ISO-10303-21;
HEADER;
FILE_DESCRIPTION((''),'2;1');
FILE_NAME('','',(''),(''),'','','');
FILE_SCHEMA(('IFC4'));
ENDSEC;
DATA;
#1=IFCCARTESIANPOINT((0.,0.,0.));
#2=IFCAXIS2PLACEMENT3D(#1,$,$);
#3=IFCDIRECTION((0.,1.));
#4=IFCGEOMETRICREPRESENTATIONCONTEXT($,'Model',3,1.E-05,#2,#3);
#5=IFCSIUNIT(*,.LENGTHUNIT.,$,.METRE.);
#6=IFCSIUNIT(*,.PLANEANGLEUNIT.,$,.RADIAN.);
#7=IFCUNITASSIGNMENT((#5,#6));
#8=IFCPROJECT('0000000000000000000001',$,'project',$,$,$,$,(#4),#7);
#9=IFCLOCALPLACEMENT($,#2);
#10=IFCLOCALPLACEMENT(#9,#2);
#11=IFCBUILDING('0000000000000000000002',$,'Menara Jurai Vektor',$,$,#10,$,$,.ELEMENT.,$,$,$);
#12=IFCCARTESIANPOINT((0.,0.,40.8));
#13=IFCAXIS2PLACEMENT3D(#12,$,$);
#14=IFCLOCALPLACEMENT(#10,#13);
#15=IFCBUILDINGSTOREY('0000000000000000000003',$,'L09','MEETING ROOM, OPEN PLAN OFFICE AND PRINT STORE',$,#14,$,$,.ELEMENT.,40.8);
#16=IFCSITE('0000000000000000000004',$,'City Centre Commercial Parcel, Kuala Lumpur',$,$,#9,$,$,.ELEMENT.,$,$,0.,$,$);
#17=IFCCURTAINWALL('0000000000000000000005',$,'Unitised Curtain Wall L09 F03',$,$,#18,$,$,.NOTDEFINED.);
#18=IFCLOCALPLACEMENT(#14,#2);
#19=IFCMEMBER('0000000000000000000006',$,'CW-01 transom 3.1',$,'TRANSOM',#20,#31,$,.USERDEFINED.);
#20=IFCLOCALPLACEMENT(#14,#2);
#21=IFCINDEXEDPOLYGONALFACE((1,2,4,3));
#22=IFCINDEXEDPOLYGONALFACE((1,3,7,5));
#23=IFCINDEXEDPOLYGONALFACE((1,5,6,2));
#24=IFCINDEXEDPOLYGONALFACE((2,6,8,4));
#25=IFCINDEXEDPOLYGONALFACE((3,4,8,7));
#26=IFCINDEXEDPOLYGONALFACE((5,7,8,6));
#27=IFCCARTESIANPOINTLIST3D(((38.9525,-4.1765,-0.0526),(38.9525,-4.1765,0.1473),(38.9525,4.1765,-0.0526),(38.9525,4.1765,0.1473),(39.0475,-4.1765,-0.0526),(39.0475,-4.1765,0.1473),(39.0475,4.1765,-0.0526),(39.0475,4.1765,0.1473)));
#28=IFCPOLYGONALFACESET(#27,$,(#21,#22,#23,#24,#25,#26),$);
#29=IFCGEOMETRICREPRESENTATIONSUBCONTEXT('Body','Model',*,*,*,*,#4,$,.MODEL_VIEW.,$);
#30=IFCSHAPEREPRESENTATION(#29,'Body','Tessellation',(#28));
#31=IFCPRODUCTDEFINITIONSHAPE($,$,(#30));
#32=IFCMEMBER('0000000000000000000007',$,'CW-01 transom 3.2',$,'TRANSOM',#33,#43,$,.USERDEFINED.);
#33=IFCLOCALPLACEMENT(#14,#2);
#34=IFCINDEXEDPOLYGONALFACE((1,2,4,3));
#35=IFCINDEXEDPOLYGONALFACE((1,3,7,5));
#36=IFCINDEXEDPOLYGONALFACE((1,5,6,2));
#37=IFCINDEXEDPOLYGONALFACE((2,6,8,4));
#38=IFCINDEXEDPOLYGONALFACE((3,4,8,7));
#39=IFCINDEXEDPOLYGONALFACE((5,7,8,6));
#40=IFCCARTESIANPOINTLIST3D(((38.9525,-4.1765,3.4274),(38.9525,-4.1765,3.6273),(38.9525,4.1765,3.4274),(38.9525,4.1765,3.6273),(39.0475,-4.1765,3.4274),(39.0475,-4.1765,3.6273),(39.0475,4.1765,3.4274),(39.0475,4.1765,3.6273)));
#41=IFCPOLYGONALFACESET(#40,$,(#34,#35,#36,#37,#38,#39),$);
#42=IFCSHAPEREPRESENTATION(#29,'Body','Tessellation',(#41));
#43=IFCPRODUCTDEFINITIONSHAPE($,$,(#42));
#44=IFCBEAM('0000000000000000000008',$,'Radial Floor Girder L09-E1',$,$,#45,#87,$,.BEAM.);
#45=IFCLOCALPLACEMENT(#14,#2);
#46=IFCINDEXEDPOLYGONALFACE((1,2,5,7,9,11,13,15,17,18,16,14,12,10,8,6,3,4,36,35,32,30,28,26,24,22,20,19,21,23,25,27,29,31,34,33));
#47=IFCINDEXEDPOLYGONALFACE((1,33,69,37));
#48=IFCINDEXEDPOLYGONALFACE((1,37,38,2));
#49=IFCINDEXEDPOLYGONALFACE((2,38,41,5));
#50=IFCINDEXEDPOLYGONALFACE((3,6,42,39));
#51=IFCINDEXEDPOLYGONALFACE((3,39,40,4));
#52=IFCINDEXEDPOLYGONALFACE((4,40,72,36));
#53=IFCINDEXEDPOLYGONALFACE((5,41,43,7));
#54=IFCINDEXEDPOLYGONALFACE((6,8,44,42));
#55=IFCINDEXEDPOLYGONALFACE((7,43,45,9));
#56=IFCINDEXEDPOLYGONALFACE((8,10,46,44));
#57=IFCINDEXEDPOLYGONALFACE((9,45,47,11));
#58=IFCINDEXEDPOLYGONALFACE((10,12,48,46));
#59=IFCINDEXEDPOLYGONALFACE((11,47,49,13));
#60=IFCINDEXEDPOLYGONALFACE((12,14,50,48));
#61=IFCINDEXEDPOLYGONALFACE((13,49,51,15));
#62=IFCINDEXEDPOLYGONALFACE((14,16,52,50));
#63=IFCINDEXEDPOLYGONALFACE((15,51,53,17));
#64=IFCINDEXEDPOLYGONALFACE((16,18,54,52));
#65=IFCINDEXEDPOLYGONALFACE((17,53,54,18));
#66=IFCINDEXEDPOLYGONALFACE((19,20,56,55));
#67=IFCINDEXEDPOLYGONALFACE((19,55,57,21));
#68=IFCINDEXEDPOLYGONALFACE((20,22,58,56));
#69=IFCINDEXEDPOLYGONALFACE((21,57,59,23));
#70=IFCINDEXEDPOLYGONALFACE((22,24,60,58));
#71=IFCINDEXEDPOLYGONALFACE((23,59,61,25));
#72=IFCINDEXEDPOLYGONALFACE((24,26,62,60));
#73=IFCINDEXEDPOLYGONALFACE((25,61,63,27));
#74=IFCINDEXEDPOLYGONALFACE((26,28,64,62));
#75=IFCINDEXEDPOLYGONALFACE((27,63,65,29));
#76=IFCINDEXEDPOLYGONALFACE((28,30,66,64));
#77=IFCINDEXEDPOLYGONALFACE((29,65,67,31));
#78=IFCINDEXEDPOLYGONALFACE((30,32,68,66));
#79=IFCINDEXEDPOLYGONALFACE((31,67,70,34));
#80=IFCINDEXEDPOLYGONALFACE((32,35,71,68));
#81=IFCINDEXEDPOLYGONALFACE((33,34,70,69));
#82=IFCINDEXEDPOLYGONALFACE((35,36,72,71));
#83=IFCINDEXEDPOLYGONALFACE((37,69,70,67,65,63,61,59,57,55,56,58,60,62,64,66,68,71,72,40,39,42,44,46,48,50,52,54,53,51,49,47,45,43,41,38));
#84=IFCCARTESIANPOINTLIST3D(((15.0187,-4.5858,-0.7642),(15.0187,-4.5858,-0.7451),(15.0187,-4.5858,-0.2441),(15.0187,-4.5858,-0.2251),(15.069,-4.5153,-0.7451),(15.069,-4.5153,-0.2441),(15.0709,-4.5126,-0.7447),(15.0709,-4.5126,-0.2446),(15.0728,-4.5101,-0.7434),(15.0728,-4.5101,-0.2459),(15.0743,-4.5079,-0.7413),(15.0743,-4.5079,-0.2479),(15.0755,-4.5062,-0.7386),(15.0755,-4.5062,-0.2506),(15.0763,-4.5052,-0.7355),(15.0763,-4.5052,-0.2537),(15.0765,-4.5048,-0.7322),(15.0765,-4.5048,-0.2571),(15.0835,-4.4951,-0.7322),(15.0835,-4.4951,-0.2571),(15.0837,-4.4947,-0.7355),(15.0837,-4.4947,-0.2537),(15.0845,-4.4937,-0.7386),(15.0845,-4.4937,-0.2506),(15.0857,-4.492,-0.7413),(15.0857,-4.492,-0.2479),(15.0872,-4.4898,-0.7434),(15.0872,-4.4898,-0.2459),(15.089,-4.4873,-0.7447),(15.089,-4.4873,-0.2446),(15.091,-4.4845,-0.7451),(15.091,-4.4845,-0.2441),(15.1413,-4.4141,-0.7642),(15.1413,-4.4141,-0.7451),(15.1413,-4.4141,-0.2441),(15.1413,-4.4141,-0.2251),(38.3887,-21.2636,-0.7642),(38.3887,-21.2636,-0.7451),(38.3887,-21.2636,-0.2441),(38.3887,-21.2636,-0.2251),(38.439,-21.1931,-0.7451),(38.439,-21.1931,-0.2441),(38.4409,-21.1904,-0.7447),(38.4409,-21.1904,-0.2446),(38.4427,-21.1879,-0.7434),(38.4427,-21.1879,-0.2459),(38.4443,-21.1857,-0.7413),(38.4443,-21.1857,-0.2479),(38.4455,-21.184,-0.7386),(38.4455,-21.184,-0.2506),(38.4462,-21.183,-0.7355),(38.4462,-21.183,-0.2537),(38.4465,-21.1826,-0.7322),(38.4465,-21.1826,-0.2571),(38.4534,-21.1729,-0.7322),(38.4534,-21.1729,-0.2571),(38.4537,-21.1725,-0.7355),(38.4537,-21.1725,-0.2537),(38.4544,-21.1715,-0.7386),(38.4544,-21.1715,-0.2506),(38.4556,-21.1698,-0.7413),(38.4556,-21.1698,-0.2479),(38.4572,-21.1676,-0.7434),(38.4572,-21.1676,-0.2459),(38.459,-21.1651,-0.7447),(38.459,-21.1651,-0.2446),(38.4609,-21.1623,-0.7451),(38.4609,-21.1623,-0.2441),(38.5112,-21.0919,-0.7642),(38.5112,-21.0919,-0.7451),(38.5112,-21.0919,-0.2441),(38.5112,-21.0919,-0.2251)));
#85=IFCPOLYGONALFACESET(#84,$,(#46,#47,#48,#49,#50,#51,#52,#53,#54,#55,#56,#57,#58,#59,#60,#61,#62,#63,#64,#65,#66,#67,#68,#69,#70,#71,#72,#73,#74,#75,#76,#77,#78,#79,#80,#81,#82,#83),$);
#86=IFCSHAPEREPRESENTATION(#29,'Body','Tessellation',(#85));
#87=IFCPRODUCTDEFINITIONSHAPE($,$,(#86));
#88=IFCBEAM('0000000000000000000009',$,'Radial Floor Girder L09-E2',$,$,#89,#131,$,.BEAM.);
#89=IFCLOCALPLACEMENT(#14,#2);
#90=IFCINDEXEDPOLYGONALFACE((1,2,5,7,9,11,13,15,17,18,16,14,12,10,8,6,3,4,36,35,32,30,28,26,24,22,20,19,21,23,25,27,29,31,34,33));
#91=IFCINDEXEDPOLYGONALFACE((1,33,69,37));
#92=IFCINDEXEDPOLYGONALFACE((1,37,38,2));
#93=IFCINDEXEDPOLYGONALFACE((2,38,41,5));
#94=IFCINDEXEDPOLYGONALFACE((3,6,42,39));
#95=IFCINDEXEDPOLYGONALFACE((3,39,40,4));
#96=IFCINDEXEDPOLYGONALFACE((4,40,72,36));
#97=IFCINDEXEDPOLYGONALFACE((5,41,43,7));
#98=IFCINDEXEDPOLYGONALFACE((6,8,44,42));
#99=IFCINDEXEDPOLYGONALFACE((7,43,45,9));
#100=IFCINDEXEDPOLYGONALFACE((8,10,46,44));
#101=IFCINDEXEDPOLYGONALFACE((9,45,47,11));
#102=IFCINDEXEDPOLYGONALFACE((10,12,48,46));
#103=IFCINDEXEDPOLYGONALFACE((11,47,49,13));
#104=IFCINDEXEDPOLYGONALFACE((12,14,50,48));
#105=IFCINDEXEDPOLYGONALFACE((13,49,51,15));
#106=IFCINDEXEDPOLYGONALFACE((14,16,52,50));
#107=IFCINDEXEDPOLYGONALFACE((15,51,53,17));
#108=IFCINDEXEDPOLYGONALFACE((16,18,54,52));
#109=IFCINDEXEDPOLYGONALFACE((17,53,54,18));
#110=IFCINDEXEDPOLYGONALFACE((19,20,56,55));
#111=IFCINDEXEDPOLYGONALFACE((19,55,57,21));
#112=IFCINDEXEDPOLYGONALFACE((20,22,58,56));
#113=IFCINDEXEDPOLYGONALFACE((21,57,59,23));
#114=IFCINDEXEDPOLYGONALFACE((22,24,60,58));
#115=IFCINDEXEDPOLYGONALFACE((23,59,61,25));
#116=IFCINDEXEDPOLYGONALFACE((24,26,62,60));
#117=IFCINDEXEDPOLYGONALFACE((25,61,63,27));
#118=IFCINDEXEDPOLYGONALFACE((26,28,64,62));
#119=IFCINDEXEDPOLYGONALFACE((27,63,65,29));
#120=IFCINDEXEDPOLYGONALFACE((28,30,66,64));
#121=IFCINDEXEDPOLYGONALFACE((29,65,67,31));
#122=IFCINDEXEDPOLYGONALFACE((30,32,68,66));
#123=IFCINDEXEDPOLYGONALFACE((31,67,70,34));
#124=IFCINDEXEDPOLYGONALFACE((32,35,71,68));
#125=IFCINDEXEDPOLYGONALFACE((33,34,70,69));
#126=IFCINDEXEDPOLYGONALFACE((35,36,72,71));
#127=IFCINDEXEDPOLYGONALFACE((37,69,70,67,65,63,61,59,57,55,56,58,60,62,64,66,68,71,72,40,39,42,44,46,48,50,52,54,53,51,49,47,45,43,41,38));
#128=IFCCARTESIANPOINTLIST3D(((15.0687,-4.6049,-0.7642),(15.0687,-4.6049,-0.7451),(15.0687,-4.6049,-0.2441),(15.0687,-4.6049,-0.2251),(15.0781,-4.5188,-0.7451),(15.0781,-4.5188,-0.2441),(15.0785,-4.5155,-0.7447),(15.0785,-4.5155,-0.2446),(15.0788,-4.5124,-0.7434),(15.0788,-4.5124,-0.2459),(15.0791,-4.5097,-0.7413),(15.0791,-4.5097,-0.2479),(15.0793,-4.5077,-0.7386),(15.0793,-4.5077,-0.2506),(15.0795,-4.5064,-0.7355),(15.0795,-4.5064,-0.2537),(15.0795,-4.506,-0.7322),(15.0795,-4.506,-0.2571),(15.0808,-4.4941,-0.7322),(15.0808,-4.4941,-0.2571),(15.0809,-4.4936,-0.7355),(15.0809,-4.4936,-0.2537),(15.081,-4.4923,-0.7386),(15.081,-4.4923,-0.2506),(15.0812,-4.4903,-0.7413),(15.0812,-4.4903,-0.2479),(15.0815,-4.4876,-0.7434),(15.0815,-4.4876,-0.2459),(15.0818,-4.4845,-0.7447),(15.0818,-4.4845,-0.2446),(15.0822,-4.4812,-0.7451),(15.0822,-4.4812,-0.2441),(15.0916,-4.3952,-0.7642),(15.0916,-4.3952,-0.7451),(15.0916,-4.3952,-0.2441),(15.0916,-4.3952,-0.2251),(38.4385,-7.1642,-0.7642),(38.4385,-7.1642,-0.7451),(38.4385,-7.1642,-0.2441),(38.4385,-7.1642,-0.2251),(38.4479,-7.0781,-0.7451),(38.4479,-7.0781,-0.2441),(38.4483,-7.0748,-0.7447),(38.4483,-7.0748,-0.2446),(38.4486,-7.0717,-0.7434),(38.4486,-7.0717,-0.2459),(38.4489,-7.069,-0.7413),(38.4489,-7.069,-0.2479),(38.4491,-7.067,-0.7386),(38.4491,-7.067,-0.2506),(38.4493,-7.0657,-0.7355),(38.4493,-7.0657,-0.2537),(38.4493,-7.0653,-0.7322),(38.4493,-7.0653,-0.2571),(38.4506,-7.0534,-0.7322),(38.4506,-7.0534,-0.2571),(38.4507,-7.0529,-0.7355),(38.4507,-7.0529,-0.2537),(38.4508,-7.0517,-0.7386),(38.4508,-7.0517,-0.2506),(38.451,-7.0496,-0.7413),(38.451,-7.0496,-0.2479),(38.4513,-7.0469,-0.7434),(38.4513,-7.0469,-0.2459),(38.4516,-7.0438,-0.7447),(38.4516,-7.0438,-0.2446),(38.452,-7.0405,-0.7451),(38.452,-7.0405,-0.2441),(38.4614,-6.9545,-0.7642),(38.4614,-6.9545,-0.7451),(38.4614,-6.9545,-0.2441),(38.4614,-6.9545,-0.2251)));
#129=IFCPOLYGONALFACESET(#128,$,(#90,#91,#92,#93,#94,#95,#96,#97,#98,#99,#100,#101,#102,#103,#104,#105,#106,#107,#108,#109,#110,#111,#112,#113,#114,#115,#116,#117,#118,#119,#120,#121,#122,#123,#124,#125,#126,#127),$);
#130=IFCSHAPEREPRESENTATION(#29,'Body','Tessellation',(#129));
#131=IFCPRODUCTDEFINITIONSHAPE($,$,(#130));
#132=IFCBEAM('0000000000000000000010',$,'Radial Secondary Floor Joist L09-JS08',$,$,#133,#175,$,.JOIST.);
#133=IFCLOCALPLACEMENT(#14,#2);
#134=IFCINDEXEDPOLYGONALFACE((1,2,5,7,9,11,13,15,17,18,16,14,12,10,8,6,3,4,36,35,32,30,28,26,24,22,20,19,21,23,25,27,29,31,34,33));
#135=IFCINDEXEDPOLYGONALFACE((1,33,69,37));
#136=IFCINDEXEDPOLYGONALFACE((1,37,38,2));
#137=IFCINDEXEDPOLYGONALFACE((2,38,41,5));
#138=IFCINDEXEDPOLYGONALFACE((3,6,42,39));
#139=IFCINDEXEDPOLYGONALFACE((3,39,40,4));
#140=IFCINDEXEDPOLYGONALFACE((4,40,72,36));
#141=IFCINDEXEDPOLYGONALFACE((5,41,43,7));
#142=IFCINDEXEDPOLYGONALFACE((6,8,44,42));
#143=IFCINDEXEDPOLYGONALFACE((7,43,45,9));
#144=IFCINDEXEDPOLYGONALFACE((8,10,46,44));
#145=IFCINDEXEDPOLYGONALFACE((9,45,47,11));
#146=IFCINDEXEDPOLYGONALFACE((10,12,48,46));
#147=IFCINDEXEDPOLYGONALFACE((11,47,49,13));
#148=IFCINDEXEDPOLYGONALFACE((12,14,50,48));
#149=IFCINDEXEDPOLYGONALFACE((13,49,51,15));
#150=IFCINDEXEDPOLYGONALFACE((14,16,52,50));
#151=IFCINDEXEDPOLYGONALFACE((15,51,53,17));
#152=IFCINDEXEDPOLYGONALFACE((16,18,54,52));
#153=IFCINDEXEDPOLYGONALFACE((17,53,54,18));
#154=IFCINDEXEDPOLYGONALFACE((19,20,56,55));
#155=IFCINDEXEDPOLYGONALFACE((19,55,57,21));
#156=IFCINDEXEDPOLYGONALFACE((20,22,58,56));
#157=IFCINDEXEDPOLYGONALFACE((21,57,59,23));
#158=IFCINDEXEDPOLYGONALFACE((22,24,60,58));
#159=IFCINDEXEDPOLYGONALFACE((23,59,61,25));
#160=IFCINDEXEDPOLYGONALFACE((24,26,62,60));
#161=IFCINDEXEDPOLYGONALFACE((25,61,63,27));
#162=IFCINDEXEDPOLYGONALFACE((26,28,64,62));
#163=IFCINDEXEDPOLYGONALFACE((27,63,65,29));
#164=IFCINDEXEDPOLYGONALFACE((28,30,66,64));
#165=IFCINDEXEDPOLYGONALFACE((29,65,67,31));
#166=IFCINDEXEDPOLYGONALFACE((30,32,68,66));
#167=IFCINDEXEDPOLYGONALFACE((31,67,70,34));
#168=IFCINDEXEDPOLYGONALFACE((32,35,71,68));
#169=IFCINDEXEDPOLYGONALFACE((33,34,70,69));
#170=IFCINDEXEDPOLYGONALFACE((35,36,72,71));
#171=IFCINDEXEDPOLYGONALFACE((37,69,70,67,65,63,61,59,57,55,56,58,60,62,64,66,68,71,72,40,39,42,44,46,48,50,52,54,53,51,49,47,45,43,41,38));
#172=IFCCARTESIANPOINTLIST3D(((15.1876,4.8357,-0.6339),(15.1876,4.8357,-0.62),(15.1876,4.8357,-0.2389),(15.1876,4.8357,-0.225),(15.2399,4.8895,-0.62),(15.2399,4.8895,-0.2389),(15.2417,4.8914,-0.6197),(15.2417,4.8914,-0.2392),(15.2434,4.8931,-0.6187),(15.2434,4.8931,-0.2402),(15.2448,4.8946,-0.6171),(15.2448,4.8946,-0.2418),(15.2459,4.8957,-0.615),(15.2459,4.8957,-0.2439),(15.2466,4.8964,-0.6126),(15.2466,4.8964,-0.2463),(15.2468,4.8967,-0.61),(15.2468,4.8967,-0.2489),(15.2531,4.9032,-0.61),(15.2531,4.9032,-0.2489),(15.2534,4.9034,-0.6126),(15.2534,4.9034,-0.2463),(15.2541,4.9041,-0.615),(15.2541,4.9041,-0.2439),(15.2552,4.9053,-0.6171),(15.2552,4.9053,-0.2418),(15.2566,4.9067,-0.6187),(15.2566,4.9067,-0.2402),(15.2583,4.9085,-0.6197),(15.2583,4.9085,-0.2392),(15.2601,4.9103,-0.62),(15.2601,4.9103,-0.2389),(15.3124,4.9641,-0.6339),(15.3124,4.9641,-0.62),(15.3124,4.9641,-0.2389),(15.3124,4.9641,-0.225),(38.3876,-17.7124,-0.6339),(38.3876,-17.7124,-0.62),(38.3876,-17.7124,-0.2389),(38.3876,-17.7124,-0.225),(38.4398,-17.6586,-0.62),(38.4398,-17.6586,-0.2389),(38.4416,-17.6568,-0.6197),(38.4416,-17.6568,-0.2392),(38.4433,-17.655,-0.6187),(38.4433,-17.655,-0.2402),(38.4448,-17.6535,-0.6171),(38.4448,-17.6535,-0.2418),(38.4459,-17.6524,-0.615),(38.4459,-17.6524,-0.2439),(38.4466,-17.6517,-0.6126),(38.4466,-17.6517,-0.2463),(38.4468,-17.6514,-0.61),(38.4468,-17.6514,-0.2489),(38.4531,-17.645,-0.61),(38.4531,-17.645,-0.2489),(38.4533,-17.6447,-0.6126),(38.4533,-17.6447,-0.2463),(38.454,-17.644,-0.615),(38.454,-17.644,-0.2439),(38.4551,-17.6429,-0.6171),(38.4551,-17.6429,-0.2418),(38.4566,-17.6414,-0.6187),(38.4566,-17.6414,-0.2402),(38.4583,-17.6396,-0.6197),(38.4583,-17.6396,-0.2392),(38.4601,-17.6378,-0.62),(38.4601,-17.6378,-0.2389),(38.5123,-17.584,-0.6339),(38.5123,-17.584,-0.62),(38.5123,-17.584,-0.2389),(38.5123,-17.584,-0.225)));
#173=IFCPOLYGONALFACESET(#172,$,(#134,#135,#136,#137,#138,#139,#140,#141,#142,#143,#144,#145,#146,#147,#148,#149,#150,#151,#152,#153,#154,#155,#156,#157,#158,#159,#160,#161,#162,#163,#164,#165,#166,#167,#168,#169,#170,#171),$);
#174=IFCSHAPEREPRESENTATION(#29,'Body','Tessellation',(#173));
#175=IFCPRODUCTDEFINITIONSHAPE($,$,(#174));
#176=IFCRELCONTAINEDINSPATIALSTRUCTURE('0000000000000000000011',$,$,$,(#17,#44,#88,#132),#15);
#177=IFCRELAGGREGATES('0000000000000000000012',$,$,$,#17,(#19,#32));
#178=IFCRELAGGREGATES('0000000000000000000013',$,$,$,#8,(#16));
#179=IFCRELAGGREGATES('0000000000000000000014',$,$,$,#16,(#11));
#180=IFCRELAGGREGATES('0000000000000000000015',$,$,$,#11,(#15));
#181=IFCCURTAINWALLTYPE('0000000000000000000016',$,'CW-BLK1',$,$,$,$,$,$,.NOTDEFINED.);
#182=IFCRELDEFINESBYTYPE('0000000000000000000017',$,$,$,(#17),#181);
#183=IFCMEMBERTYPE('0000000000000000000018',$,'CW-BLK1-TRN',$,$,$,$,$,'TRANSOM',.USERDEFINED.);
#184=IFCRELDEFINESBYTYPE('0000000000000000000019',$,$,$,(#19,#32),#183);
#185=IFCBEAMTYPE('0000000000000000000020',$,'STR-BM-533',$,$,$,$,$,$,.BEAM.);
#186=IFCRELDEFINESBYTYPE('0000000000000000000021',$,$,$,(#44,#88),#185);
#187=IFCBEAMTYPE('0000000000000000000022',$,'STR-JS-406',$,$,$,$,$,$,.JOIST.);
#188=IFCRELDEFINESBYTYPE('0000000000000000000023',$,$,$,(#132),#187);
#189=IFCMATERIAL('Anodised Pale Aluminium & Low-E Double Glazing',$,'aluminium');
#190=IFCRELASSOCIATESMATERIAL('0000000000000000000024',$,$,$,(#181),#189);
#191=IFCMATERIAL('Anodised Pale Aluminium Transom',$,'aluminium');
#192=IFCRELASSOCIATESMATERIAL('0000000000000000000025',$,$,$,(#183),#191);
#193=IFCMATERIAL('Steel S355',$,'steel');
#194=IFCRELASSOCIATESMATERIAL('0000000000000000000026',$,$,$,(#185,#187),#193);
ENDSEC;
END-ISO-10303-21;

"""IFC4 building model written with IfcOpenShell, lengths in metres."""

from ifc_helpers import new_model, si_unit, direction, frame, origin, origin_2d, place, context, subcontext, project, spatial, rectangle, i_section, extrude, material, material_profile, profile_set, type_object, element, aggregate, save


model = new_model("IFC4")

# Units and contexts
model_context = context("Model", 3, precision=1e-05, world=origin(), true_north=direction((0.0, 1.0)))
body_context = subcontext(model_context, "Body", "Model", "MODEL_VIEW")
ifc_project = project(units=[si_unit("LENGTHUNIT", "METRE"), si_unit("PLANEANGLEUNIT", "RADIAN")], contexts=[model_context])

# Site, building, storey
site_placement = place(None, origin())
site = spatial("IfcSite", under=ifc_project, at=site_placement, Name="City Centre Commercial Parcel, Kuala Lumpur", CompositionType="ELEMENT", RefElevation=0.0)
building_placement = place(site_placement, origin())
building = spatial("IfcBuilding", under=site, at=building_placement, Name="Menara Jurai Vektor", CompositionType="ELEMENT")
storey_placement = place(building_placement, frame((0.0, 0.0, 40.8)))
storey = spatial("IfcBuildingStorey", under=building, at=storey_placement, Name="L09", Description="MEETING ROOM, OPEN PLAN OFFICE AND PRINT STORE", CompositionType="ELEMENT", Elevation=40.8)

# Curtain wall, members
ifc_material_1 = material(Name="Anodised Pale Aluminium & Low-E Double Glazing", Category="aluminium")
curtain_wall_type = type_object("IfcCurtainWallType", Name="CW-BLK1", PredefinedType="NOTDEFINED", material=ifc_material_1)
curtain_wall_placement = place(storey_placement, origin())
curtain_wall = element("IfcCurtainWall", 1, at=curtain_wall_placement, inside=storey, type_object=curtain_wall_type, Name="Unitised Curtain Wall L09 F03", PredefinedType="NOTDEFINED")
ifc_material_2 = material(Name="Anodised Pale Aluminium Transom", Category="aluminium")
ifc_material_profile_1 = material_profile(ifc_material_2, rectangle(XDim=0.095, YDim=0.2, at=origin_2d()), Name="ALU TRN 95x200")
ifc_profile_set_1 = profile_set([ifc_material_profile_1], Name="Anodised Pale Aluminium Transom")
member_type_1 = type_object("IfcMemberType", Name="CW-BLK1-TRN", ElementType="TRANSOM", PredefinedType="USERDEFINED", material=ifc_profile_set_1)
member_1_placement = place(storey_placement, frame((39.0, -4.1765, 0.0474), z_axis=(0.0, 1.0, 0.0), x_axis=(-1.0, 0.0, 0.0)))
member_1 = element("IfcMember", 2, at=member_1_placement, type_object=member_type_1, Name="CW-01 transom 3.1", ObjectType="TRANSOM", PredefinedType="USERDEFINED", context=body_context, shape_type="SweptSolid", body=[
    extrude(rectangle(XDim=0.095, YDim=0.2, at=origin_2d()), origin(), (0.0, 0.0, 1.0), 8.353),
])
member_2_placement = place(storey_placement, frame((39.0, -4.1765, 3.5273), z_axis=(0.0, 1.0, 0.0), x_axis=(-1.0, 0.0, 0.0)))
member_2 = element("IfcMember", 3, at=member_2_placement, type_object=member_type_1, Name="CW-01 transom 3.2", ObjectType="TRANSOM", PredefinedType="USERDEFINED", context=body_context, shape_type="SweptSolid", body=[
    extrude(rectangle(XDim=0.095, YDim=0.2, at=origin_2d()), origin(), (0.0, 0.0, 1.0), 8.353),
])

# Beams
ifc_material_3 = material(Name="Steel S355", Category="steel")
ifc_material_profile_2 = material_profile(ifc_material_3, i_section(OverallWidth=0.2109, OverallDepth=0.5391, WebThickness=0.012, FlangeThickness=0.019, FilletRadius=0.0129, at=origin_2d()), Name="UKB 533x210x109")
ifc_profile_set_2 = profile_set([ifc_material_profile_2], Name="Steel S355")
beam_type_1 = type_object("IfcBeamType", Name="STR-BM-533", PredefinedType="BEAM", material=ifc_profile_set_2)
beam_1_placement = place(storey_placement, frame((38.45, -21.1777, -0.4946), z_axis=(-0.813981, 0.580891, 0.0), x_axis=(-0.580891, -0.813981, 0.0)))
element("IfcBeam", 4, at=beam_1_placement, inside=storey, type_object=beam_type_1, Name="Radial Floor Girder L09-E1", PredefinedType="BEAM", context=body_context, shape_type="SweptSolid", body=[
    extrude(i_section(OverallWidth=0.2109, OverallDepth=0.5391, WebThickness=0.012, FlangeThickness=0.019, FilletRadius=0.0129, at=origin_2d()), origin(), (0.0, 0.0, 1.0), 28.7107),
])
beam_2_placement = place(storey_placement, frame((38.45, -7.0593, -0.4946), z_axis=(-0.994057, 0.108863, 0.0), x_axis=(-0.108863, -0.994057, 0.0)))
element("IfcBeam", 5, at=beam_2_placement, inside=storey, type_object=beam_type_1, Name="Radial Floor Girder L09-E2", PredefinedType="BEAM", context=body_context, shape_type="SweptSolid", body=[
    extrude(i_section(OverallWidth=0.2109, OverallDepth=0.5391, WebThickness=0.012, FlangeThickness=0.019, FilletRadius=0.0129, at=origin_2d()), origin(), (0.0, 0.0, 1.0), 23.5095),
])
ifc_material_profile_3 = material_profile(ifc_material_3, i_section(OverallWidth=0.179, OverallDepth=0.4089, WebThickness=0.009, FlangeThickness=0.0139, FilletRadius=0.01, at=origin_2d()), Name="UKB 406x178x67")
ifc_profile_set_3 = profile_set([ifc_material_profile_3], Name="Steel S355")
beam_type_2 = type_object("IfcBeamType", Name="STR-JS-406", PredefinedType="JOIST", material=ifc_profile_set_3)
beam_3_placement = place(storey_placement, frame((38.45, -17.6482, -0.4294), z_axis=(-0.717109, 0.696961, 0.0), x_axis=(-0.696961, -0.717109, 0.0)))
element("IfcBeam", 6, at=beam_3_placement, inside=storey, type_object=beam_type_2, Name="Radial Secondary Floor Joist L09-JS08", PredefinedType="JOIST", context=body_context, shape_type="SweptSolid", body=[
    extrude(i_section(OverallWidth=0.179, OverallDepth=0.4089, WebThickness=0.009, FlangeThickness=0.0139, FilletRadius=0.01, at=origin_2d()), origin(), (0.0, 0.0, 1.0), 32.3521),
])

aggregate(curtain_wall, [member_1, member_2])

save(model, "model.ifc")
